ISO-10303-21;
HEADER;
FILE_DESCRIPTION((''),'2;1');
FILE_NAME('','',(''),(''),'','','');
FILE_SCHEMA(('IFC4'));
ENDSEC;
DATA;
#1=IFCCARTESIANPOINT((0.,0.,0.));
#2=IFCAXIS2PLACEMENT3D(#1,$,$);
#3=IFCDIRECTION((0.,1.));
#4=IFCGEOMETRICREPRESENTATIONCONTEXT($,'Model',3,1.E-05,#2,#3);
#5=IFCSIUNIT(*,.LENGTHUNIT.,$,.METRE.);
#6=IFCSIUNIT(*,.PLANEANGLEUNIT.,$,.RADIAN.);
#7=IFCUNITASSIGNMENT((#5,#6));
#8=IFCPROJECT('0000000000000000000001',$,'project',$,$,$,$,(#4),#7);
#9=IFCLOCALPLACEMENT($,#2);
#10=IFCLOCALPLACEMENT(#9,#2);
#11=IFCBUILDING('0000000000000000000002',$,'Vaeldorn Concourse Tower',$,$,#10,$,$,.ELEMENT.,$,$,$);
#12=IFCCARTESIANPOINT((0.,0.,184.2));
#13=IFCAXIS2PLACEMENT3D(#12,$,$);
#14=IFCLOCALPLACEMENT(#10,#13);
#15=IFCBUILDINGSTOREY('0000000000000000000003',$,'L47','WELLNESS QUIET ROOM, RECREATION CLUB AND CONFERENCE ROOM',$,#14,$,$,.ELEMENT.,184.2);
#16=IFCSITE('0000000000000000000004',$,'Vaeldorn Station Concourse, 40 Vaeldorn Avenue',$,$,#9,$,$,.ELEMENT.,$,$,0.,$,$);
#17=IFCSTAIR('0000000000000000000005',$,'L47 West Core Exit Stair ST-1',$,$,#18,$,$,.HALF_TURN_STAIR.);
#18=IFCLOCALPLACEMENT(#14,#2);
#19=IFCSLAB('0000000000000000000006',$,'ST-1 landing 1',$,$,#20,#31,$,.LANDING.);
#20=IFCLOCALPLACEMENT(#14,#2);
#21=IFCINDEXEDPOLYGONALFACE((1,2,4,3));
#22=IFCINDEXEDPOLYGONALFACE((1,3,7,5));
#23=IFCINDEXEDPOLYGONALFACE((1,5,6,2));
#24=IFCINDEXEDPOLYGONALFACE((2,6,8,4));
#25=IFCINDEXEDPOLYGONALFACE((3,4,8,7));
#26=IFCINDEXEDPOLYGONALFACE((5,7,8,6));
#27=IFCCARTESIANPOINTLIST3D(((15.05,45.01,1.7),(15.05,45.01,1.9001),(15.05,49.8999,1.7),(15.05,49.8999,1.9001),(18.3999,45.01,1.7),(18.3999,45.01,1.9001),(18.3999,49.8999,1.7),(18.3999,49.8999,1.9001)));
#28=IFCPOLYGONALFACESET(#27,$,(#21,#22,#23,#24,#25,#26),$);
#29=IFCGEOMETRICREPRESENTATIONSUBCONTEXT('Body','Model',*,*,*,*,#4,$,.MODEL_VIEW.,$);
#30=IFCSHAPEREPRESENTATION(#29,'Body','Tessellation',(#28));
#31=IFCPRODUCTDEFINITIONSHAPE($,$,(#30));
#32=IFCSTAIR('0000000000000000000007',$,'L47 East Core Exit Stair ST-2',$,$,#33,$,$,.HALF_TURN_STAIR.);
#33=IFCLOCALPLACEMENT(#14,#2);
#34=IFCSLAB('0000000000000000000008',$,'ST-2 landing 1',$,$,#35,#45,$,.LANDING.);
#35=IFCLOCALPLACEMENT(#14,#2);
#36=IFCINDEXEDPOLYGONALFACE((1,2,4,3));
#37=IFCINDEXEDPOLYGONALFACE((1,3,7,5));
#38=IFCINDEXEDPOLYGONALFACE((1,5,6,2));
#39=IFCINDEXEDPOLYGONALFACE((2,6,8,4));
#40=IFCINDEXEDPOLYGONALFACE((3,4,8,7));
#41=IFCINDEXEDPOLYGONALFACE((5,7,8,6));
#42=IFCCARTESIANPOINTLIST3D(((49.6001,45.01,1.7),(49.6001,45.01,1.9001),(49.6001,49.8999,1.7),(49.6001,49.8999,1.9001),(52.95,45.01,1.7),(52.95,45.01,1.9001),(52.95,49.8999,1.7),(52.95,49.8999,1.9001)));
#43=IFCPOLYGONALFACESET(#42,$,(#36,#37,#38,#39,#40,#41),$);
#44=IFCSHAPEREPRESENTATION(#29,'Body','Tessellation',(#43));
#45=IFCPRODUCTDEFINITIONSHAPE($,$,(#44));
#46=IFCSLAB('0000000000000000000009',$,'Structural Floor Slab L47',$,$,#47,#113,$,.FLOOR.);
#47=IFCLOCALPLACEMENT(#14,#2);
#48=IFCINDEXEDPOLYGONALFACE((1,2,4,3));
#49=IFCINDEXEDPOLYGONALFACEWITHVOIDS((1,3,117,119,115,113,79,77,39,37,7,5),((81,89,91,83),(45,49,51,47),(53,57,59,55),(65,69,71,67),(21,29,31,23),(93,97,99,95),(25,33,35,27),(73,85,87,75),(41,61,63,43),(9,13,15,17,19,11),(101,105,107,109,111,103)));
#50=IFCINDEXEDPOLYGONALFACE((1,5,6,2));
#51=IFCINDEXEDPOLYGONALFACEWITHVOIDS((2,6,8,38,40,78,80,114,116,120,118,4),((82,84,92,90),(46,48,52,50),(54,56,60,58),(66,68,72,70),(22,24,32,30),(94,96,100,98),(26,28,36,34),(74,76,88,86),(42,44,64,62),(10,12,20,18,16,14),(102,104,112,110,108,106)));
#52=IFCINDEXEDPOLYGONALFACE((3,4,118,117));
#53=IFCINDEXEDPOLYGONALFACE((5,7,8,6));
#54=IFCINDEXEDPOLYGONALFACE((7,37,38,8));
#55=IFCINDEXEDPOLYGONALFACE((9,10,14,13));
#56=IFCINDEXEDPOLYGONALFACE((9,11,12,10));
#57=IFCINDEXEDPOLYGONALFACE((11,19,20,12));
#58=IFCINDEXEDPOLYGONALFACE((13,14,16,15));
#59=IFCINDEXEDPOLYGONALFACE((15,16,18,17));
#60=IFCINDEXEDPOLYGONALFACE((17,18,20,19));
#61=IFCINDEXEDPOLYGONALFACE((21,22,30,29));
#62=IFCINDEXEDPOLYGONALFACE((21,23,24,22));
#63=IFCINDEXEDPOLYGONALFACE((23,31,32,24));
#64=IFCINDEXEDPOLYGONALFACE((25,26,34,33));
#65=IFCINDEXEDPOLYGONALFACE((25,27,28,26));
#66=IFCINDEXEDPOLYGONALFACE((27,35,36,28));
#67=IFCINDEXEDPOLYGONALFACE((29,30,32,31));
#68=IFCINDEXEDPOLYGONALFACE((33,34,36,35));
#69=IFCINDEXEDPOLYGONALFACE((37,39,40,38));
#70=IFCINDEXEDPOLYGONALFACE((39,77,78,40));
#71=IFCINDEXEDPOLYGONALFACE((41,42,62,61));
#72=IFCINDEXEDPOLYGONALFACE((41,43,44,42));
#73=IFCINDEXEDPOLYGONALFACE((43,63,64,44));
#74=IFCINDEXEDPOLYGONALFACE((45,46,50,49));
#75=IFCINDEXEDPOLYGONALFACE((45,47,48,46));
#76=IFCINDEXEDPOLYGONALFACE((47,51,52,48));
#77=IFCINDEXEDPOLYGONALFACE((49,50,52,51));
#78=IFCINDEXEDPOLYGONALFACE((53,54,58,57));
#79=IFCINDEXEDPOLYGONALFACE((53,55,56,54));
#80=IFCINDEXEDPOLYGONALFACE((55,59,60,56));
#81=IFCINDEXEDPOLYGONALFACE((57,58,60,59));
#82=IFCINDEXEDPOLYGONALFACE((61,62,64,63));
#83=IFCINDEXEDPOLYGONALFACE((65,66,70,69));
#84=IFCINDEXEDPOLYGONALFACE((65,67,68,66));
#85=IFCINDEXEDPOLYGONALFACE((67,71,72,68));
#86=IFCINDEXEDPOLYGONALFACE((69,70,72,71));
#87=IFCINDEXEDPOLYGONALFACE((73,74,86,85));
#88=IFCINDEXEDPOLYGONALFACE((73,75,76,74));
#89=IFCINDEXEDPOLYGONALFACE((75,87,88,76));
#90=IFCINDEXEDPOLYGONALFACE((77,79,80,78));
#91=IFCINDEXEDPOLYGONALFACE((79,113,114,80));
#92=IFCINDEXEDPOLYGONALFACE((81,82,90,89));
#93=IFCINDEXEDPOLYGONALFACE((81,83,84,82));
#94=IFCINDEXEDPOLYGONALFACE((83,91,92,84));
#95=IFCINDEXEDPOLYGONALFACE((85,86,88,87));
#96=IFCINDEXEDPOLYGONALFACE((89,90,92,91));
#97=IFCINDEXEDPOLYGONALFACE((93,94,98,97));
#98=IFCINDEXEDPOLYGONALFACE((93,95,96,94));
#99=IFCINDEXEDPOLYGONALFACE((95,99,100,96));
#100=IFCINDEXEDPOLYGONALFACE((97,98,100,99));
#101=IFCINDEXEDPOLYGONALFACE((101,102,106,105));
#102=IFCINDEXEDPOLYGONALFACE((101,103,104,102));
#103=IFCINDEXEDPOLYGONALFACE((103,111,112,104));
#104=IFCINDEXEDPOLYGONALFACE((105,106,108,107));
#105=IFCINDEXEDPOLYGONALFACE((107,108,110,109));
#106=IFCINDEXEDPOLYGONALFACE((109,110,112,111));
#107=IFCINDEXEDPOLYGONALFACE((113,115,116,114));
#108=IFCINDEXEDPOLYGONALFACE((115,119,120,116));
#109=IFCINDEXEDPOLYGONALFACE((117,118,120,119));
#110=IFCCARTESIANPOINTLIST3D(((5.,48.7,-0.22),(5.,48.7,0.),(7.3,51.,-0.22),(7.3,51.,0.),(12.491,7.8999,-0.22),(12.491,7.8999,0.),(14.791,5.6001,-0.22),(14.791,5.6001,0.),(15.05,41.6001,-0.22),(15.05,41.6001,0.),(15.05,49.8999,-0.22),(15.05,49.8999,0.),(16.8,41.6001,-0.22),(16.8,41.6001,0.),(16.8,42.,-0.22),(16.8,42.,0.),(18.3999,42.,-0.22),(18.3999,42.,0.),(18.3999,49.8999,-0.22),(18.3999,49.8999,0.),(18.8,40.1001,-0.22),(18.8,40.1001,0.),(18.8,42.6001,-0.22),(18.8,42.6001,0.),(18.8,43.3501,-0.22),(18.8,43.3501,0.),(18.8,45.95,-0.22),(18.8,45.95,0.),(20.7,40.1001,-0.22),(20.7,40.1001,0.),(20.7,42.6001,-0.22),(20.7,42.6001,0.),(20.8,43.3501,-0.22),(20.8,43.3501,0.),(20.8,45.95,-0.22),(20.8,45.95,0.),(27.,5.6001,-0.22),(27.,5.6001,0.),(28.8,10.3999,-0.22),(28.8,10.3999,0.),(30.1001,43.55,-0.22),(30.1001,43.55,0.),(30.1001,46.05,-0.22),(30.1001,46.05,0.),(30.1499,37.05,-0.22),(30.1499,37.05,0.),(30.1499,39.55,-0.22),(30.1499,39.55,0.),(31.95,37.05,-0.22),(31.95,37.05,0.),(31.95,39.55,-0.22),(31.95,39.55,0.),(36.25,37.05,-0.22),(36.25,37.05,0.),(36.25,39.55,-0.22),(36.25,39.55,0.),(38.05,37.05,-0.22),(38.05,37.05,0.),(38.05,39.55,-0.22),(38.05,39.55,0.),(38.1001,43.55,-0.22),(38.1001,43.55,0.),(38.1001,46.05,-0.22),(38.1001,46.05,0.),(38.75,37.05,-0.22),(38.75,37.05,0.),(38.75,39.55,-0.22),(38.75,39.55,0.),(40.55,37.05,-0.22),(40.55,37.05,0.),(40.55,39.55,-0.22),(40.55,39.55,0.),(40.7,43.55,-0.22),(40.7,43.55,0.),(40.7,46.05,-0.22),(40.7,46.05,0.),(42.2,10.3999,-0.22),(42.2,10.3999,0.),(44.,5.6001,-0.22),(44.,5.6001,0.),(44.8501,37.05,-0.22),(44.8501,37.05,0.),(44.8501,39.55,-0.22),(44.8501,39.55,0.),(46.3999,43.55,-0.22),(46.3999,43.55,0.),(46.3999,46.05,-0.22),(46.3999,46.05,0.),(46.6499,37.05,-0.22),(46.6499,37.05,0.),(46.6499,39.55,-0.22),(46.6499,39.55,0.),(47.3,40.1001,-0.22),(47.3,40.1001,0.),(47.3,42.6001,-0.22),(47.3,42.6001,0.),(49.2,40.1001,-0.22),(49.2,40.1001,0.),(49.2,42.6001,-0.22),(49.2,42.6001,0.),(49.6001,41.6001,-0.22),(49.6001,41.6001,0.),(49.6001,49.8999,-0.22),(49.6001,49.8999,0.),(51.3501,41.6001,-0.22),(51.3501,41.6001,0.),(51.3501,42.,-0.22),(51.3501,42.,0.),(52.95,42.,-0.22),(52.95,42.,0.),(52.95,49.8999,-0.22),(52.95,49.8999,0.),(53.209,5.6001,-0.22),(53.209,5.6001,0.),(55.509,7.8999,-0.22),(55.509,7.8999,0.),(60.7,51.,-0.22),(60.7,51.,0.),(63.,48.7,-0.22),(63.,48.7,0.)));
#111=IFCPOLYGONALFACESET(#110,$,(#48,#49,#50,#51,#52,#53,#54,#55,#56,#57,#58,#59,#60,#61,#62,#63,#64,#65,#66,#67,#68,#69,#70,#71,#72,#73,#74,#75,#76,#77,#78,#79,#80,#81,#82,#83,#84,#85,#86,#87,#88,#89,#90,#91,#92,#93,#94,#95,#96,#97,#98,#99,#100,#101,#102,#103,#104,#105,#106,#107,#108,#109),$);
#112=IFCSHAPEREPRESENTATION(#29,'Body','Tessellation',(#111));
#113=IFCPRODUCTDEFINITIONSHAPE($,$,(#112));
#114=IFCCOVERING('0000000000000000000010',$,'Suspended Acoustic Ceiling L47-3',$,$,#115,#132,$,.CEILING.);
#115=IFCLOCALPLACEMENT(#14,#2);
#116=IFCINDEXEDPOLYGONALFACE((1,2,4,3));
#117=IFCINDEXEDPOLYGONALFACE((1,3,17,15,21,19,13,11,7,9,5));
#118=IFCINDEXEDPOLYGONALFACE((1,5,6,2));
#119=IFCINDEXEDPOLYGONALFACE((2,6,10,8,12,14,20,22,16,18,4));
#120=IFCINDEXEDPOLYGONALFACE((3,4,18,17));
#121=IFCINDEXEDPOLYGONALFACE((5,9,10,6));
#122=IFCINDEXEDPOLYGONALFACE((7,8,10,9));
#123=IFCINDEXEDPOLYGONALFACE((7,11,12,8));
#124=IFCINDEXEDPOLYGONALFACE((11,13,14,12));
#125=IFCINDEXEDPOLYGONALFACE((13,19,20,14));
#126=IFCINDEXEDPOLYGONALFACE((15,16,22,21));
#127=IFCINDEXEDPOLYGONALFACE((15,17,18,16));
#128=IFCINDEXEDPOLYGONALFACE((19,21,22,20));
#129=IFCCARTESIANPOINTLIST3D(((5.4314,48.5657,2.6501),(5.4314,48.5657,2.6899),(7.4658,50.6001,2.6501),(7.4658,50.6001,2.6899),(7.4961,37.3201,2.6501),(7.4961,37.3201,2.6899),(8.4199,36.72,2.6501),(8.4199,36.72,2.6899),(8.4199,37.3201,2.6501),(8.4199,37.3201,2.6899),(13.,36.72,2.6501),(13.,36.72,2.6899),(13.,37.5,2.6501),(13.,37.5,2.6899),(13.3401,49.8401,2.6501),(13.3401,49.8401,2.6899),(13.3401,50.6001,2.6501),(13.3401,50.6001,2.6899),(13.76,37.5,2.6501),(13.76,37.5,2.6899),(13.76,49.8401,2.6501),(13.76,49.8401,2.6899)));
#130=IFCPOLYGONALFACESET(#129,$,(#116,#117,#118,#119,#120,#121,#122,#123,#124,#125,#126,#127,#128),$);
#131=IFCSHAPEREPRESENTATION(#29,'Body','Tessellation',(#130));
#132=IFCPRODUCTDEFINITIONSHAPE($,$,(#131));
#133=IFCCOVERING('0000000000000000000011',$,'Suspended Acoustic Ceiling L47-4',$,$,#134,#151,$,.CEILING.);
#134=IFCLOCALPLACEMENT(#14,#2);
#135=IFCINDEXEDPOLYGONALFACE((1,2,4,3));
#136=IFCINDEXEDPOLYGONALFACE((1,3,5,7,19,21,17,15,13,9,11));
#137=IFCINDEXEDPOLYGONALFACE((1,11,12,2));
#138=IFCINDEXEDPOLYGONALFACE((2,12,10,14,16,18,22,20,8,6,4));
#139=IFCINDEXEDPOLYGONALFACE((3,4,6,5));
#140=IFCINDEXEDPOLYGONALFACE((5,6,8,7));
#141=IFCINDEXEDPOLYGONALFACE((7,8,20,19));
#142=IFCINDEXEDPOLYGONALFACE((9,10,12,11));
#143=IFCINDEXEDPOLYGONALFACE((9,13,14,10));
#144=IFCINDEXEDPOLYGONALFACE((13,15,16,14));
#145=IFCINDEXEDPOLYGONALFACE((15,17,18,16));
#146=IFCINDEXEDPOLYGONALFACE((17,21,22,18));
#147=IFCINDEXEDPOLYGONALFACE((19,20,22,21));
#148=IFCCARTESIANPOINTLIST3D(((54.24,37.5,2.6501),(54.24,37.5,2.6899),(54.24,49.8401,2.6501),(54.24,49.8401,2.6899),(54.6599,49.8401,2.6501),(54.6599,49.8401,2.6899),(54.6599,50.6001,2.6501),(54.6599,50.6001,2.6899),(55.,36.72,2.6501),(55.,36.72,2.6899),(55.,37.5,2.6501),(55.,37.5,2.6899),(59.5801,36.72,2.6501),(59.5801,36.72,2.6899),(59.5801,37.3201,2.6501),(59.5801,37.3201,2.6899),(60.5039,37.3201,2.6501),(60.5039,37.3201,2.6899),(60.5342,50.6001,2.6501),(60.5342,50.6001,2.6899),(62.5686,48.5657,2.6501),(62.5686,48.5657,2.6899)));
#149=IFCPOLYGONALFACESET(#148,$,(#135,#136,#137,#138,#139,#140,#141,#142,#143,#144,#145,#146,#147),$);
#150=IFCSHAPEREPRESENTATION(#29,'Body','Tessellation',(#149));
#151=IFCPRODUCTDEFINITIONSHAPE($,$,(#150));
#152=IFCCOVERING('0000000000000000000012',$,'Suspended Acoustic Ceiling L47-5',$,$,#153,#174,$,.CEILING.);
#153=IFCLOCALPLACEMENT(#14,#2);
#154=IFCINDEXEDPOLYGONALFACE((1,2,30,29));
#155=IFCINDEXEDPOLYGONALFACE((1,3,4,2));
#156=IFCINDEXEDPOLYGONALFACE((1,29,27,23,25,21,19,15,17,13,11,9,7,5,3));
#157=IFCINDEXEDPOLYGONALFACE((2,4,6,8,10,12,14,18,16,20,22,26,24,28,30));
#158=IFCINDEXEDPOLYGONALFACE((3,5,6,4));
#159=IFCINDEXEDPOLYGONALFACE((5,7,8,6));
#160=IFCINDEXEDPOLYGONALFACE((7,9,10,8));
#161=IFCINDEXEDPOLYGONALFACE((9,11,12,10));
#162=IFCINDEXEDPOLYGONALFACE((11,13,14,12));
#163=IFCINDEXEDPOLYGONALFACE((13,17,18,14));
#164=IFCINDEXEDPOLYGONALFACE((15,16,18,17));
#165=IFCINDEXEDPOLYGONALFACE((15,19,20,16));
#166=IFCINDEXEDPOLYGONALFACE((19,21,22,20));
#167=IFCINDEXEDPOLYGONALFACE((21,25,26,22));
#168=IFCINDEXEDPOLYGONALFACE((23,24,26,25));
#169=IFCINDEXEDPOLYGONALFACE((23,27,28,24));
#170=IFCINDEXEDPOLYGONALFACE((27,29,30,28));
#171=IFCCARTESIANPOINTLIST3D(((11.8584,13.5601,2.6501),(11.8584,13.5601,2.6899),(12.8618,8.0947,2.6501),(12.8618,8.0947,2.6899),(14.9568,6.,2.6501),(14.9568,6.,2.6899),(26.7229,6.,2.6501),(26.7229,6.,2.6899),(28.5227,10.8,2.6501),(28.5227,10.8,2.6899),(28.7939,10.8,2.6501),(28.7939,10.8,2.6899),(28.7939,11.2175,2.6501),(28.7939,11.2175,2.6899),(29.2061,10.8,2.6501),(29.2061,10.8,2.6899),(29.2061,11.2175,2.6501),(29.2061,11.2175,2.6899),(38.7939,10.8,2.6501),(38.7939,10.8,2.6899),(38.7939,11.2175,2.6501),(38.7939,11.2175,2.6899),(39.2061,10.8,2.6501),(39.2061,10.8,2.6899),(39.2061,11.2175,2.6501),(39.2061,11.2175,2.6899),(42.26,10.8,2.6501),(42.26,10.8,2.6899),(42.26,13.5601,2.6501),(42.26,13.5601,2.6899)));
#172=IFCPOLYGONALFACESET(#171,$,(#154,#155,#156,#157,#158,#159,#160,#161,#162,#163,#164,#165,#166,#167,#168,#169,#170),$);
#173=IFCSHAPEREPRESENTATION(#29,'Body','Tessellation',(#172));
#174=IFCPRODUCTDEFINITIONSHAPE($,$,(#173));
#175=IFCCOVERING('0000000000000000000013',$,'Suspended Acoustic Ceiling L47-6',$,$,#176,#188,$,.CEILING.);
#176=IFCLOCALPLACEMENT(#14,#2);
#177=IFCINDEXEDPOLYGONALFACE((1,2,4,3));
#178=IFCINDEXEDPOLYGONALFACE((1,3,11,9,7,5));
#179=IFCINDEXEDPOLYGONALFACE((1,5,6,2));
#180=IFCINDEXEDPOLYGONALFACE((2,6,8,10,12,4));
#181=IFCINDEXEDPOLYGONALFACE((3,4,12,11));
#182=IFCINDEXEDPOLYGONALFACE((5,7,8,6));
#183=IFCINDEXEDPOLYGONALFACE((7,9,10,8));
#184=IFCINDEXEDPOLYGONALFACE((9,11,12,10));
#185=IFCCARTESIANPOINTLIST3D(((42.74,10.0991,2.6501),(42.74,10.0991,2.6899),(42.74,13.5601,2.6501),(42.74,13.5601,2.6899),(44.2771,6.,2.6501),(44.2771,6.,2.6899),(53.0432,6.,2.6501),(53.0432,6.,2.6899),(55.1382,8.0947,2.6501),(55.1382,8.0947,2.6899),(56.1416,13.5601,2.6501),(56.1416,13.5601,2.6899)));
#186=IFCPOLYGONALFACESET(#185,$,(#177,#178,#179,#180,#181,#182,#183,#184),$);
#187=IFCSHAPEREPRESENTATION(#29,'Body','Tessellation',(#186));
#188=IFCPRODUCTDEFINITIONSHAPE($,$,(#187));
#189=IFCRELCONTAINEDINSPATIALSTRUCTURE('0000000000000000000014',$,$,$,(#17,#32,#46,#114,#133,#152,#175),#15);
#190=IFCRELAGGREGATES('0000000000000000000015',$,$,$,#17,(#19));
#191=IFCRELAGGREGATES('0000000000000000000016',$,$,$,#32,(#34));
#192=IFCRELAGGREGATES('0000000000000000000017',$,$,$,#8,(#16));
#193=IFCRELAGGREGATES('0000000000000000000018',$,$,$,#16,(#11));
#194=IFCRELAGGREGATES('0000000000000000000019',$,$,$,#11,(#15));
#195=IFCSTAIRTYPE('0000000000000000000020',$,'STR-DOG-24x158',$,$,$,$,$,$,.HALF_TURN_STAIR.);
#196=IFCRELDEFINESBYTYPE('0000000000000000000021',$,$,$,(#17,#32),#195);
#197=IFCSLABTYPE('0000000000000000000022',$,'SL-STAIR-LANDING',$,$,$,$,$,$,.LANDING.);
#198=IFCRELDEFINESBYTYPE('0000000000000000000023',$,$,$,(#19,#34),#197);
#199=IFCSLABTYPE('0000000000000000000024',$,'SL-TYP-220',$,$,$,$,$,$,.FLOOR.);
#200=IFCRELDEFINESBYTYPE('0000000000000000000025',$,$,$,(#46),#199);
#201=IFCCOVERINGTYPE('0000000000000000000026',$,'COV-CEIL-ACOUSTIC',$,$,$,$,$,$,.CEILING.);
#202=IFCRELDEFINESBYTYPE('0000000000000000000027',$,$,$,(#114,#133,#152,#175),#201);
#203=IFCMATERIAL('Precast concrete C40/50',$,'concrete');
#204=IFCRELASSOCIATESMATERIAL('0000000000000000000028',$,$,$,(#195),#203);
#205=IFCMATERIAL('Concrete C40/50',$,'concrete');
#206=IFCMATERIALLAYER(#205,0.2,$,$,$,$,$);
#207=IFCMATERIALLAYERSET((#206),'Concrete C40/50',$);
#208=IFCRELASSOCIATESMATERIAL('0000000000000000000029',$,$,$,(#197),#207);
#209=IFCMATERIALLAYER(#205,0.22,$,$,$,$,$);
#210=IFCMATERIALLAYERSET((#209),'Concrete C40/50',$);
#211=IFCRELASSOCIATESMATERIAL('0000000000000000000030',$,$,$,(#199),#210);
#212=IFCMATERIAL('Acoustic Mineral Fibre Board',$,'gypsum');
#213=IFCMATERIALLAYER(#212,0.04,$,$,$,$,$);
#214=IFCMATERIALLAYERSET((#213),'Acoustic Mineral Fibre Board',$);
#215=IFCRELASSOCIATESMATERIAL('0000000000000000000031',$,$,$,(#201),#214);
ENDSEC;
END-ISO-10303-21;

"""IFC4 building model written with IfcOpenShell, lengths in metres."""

from ifc_helpers import new_model, si_unit, direction, frame, origin, place, context, subcontext, project, spatial, polyline, outline, extrude, material, layer, layer_set, type_object, element, aggregate, save


model = new_model("IFC4")

# Units and contexts
model_context = context("Model", 3, precision=1e-05, world=origin(), true_north=direction((0.0, 1.0)))
body_context = subcontext(model_context, "Body", "Model", "MODEL_VIEW")
ifc_project = project(units=[si_unit("LENGTHUNIT", "METRE"), si_unit("PLANEANGLEUNIT", "RADIAN")], contexts=[model_context])

# Site, building, storey
site_placement = place(None, origin())
site = spatial("IfcSite", under=ifc_project, at=site_placement, Name="Vaeldorn Station Concourse, 40 Vaeldorn Avenue", CompositionType="ELEMENT", RefElevation=0.0)
building_placement = place(site_placement, origin())
building = spatial("IfcBuilding", under=site, at=building_placement, Name="Vaeldorn Concourse Tower", CompositionType="ELEMENT")
storey_placement = place(building_placement, frame((0.0, 0.0, 184.2)))
storey = spatial("IfcBuildingStorey", under=building, at=storey_placement, Name="L47", Description="WELLNESS QUIET ROOM, RECREATION CLUB AND CONFERENCE ROOM", CompositionType="ELEMENT", Elevation=184.2)

# Stairs, slabs
ifc_material_1 = material(Name="Precast concrete C40/50", Category="concrete")
stair_type = type_object("IfcStairType", Name="STR-DOG-24x158", PredefinedType="HALF_TURN_STAIR", material=ifc_material_1)
stair_1_placement = place(storey_placement, origin())
stair_1 = element("IfcStair", 1, at=stair_1_placement, inside=storey, type_object=stair_type, Name="L47 West Core Exit Stair ST-1", PredefinedType="HALF_TURN_STAIR")
ifc_material_2 = material(Name="Concrete C40/50", Category="concrete")
ifc_layer_1 = layer(ifc_material_2, 0.2)
ifc_layer_set_1 = layer_set([ifc_layer_1], Name="Concrete C40/50")
slab_type_1 = type_object("IfcSlabType", Name="SL-STAIR-LANDING", PredefinedType="LANDING", material=ifc_layer_set_1)
slab_1_placement = place(storey_placement, frame((0.0, 0.0, 1.7)))
slab_1 = element("IfcSlab", 2, at=slab_1_placement, type_object=slab_type_1, Name="ST-1 landing 1", PredefinedType="LANDING", context=body_context, shape_type="SweptSolid", body=[
    extrude(outline(polyline([(18.3999, 45.01), (18.3999, 49.8999), (15.05, 49.8999), (15.05, 45.01), (18.3999, 45.01)])), origin(), (0.0, 0.0, 1.0), 0.2002),
])
aggregate(stair_1, [slab_1])
stair_2_placement = place(storey_placement, origin())
stair_2 = element("IfcStair", 3, at=stair_2_placement, inside=storey, type_object=stair_type, Name="L47 East Core Exit Stair ST-2", PredefinedType="HALF_TURN_STAIR")
slab_2_placement = place(storey_placement, frame((0.0, 0.0, 1.7)))
slab_2 = element("IfcSlab", 4, at=slab_2_placement, type_object=slab_type_1, Name="ST-2 landing 1", PredefinedType="LANDING", context=body_context, shape_type="SweptSolid", body=[
    extrude(outline(polyline([(52.95, 45.01), (52.95, 49.8999), (49.6001, 49.8999), (49.6001, 45.01), (52.95, 45.01)])), origin(), (0.0, 0.0, 1.0), 0.2002),
])
aggregate(stair_2, [slab_2])

# Slab
ifc_layer_2 = layer(ifc_material_2, 0.22)
ifc_layer_set_2 = layer_set([ifc_layer_2], Name="Concrete C40/50")
slab_type_2 = type_object("IfcSlabType", Name="SL-TYP-220", PredefinedType="FLOOR", material=ifc_layer_set_2)
slab_3_placement = place(storey_placement, frame((0.0, 0.0, -0.22)))
element("IfcSlab", 5, at=slab_3_placement, inside=storey, type_object=slab_type_2, Name="Structural Floor Slab L47", PredefinedType="FLOOR", context=body_context, shape_type="SweptSolid", body=[
    extrude(outline(polyline([(14.791, 5.6001), (27.0, 5.6001), (28.8, 10.3999), (42.2, 10.3999), (44.0, 5.6001), (53.209, 5.6001), (55.509, 7.8999), (63.0, 48.7), (60.7, 51.0), (7.3, 51.0), (5.0, 48.7), (12.491, 7.8999), (14.791, 5.6001)]), holes=[polyline([(18.3999, 42.0), (18.3999, 49.8999), (15.05, 49.8999), (15.05, 41.6001), (16.8, 41.6001), (16.8, 42.0), (18.3999, 42.0)]), polyline([(52.95, 42.0), (52.95, 49.8999), (49.6001, 49.8999), (49.6001, 41.6001), (51.3501, 41.6001), (51.3501, 42.0), (52.95, 42.0)]), polyline([(30.1499, 37.05), (31.95, 37.05), (31.95, 39.55), (30.1499, 39.55), (30.1499, 37.05)]), polyline([(36.25, 37.05), (38.05, 37.05), (38.05, 39.55), (36.25, 39.55), (36.25, 37.05)]), polyline([(30.1001, 43.55), (38.1001, 43.55), (38.1001, 46.05), (30.1001, 46.05), (30.1001, 43.55)]), polyline([(38.75, 37.05), (40.55, 37.05), (40.55, 39.55), (38.75, 39.55), (38.75, 37.05)]), polyline([(44.8501, 37.05), (46.6499, 37.05), (46.6499, 39.55), (44.8501, 39.55), (44.8501, 37.05)]), polyline([(40.7, 43.55), (46.3999, 43.55), (46.3999, 46.05), (40.7, 46.05), (40.7, 43.55)]), polyline([(18.8, 43.3501), (20.8, 43.3501), (20.8, 45.95), (18.8, 45.95), (18.8, 43.3501)]), polyline([(18.8, 40.1001), (20.7, 40.1001), (20.7, 42.6001), (18.8, 42.6001), (18.8, 40.1001)]), polyline([(47.3, 40.1001), (49.2, 40.1001), (49.2, 42.6001), (47.3, 42.6001), (47.3, 40.1001)])]), origin(), (0.0, 0.0, 1.0), 0.22),
])

# Coverings
ifc_material_3 = material(Name="Acoustic Mineral Fibre Board", Category="gypsum")
ifc_layer_3 = layer(ifc_material_3, 0.04)
ifc_layer_set_3 = layer_set([ifc_layer_3], Name="Acoustic Mineral Fibre Board")
covering_type_1 = type_object("IfcCoveringType", Name="COV-CEIL-ACOUSTIC", PredefinedType="CEILING", material=ifc_layer_set_3)
covering_1_placement = place(storey_placement, frame((0.0, 0.0, 2.6501)))
element("IfcCovering", 6, at=covering_1_placement, inside=storey, type_object=covering_type_1, Name="Suspended Acoustic Ceiling L47-3", PredefinedType="CEILING", context=body_context, shape_type="SweptSolid", body=[
    extrude(outline(polyline([(7.4658, 50.6001), (13.3401, 50.6001), (13.3401, 49.8401), (13.76, 49.8401), (13.76, 37.5), (13.0, 37.5), (13.0, 36.72), (8.4199, 36.72), (8.4199, 37.3201), (7.4961, 37.3201), (5.4314, 48.5657), (7.4658, 50.6001)])), origin(), (0.0, 0.0, 1.0), 0.0398),
])
covering_2_placement = place(storey_placement, frame((0.0, 0.0, 2.6501)))
element("IfcCovering", 7, at=covering_2_placement, inside=storey, type_object=covering_type_1, Name="Suspended Acoustic Ceiling L47-4", PredefinedType="CEILING", context=body_context, shape_type="SweptSolid", body=[
    extrude(outline(polyline([(54.6599, 49.8401), (54.6599, 50.6001), (60.5342, 50.6001), (62.5686, 48.5657), (60.5039, 37.3201), (59.5801, 37.3201), (59.5801, 36.72), (55.0, 36.72), (55.0, 37.5), (54.24, 37.5), (54.24, 49.8401), (54.6599, 49.8401)])), origin(), (0.0, 0.0, 1.0), 0.0398),
])
covering_3_placement = place(storey_placement, frame((0.0, 0.0, 2.6501)))
element("IfcCovering", 8, at=covering_3_placement, inside=storey, type_object=covering_type_1, Name="Suspended Acoustic Ceiling L47-5", PredefinedType="CEILING", context=body_context, shape_type="SweptSolid", body=[
    extrude(outline(polyline([(42.26, 13.5601), (42.26, 10.8), (39.2061, 10.8), (39.2061, 11.2175), (38.7939, 11.2175), (38.7939, 10.8), (29.2061, 10.8), (29.2061, 11.2175), (28.7939, 11.2175), (28.7939, 10.8), (28.5227, 10.8), (26.7229, 6.0), (14.9568, 6.0), (12.8618, 8.0947), (11.8584, 13.5601), (42.26, 13.5601)])), origin(), (0.0, 0.0, 1.0), 0.0398),
])
covering_4_placement = place(storey_placement, frame((0.0, 0.0, 2.6501)))
element("IfcCovering", 9, at=covering_4_placement, inside=storey, type_object=covering_type_1, Name="Suspended Acoustic Ceiling L47-6", PredefinedType="CEILING", context=body_context, shape_type="SweptSolid", body=[
    extrude(outline(polyline([(53.0432, 6.0), (44.2771, 6.0), (42.74, 10.0991), (42.74, 13.5601), (56.1416, 13.5601), (55.1382, 8.0947), (53.0432, 6.0)])), origin(), (0.0, 0.0, 1.0), 0.0398),
])

save(model, "model.ifc")
